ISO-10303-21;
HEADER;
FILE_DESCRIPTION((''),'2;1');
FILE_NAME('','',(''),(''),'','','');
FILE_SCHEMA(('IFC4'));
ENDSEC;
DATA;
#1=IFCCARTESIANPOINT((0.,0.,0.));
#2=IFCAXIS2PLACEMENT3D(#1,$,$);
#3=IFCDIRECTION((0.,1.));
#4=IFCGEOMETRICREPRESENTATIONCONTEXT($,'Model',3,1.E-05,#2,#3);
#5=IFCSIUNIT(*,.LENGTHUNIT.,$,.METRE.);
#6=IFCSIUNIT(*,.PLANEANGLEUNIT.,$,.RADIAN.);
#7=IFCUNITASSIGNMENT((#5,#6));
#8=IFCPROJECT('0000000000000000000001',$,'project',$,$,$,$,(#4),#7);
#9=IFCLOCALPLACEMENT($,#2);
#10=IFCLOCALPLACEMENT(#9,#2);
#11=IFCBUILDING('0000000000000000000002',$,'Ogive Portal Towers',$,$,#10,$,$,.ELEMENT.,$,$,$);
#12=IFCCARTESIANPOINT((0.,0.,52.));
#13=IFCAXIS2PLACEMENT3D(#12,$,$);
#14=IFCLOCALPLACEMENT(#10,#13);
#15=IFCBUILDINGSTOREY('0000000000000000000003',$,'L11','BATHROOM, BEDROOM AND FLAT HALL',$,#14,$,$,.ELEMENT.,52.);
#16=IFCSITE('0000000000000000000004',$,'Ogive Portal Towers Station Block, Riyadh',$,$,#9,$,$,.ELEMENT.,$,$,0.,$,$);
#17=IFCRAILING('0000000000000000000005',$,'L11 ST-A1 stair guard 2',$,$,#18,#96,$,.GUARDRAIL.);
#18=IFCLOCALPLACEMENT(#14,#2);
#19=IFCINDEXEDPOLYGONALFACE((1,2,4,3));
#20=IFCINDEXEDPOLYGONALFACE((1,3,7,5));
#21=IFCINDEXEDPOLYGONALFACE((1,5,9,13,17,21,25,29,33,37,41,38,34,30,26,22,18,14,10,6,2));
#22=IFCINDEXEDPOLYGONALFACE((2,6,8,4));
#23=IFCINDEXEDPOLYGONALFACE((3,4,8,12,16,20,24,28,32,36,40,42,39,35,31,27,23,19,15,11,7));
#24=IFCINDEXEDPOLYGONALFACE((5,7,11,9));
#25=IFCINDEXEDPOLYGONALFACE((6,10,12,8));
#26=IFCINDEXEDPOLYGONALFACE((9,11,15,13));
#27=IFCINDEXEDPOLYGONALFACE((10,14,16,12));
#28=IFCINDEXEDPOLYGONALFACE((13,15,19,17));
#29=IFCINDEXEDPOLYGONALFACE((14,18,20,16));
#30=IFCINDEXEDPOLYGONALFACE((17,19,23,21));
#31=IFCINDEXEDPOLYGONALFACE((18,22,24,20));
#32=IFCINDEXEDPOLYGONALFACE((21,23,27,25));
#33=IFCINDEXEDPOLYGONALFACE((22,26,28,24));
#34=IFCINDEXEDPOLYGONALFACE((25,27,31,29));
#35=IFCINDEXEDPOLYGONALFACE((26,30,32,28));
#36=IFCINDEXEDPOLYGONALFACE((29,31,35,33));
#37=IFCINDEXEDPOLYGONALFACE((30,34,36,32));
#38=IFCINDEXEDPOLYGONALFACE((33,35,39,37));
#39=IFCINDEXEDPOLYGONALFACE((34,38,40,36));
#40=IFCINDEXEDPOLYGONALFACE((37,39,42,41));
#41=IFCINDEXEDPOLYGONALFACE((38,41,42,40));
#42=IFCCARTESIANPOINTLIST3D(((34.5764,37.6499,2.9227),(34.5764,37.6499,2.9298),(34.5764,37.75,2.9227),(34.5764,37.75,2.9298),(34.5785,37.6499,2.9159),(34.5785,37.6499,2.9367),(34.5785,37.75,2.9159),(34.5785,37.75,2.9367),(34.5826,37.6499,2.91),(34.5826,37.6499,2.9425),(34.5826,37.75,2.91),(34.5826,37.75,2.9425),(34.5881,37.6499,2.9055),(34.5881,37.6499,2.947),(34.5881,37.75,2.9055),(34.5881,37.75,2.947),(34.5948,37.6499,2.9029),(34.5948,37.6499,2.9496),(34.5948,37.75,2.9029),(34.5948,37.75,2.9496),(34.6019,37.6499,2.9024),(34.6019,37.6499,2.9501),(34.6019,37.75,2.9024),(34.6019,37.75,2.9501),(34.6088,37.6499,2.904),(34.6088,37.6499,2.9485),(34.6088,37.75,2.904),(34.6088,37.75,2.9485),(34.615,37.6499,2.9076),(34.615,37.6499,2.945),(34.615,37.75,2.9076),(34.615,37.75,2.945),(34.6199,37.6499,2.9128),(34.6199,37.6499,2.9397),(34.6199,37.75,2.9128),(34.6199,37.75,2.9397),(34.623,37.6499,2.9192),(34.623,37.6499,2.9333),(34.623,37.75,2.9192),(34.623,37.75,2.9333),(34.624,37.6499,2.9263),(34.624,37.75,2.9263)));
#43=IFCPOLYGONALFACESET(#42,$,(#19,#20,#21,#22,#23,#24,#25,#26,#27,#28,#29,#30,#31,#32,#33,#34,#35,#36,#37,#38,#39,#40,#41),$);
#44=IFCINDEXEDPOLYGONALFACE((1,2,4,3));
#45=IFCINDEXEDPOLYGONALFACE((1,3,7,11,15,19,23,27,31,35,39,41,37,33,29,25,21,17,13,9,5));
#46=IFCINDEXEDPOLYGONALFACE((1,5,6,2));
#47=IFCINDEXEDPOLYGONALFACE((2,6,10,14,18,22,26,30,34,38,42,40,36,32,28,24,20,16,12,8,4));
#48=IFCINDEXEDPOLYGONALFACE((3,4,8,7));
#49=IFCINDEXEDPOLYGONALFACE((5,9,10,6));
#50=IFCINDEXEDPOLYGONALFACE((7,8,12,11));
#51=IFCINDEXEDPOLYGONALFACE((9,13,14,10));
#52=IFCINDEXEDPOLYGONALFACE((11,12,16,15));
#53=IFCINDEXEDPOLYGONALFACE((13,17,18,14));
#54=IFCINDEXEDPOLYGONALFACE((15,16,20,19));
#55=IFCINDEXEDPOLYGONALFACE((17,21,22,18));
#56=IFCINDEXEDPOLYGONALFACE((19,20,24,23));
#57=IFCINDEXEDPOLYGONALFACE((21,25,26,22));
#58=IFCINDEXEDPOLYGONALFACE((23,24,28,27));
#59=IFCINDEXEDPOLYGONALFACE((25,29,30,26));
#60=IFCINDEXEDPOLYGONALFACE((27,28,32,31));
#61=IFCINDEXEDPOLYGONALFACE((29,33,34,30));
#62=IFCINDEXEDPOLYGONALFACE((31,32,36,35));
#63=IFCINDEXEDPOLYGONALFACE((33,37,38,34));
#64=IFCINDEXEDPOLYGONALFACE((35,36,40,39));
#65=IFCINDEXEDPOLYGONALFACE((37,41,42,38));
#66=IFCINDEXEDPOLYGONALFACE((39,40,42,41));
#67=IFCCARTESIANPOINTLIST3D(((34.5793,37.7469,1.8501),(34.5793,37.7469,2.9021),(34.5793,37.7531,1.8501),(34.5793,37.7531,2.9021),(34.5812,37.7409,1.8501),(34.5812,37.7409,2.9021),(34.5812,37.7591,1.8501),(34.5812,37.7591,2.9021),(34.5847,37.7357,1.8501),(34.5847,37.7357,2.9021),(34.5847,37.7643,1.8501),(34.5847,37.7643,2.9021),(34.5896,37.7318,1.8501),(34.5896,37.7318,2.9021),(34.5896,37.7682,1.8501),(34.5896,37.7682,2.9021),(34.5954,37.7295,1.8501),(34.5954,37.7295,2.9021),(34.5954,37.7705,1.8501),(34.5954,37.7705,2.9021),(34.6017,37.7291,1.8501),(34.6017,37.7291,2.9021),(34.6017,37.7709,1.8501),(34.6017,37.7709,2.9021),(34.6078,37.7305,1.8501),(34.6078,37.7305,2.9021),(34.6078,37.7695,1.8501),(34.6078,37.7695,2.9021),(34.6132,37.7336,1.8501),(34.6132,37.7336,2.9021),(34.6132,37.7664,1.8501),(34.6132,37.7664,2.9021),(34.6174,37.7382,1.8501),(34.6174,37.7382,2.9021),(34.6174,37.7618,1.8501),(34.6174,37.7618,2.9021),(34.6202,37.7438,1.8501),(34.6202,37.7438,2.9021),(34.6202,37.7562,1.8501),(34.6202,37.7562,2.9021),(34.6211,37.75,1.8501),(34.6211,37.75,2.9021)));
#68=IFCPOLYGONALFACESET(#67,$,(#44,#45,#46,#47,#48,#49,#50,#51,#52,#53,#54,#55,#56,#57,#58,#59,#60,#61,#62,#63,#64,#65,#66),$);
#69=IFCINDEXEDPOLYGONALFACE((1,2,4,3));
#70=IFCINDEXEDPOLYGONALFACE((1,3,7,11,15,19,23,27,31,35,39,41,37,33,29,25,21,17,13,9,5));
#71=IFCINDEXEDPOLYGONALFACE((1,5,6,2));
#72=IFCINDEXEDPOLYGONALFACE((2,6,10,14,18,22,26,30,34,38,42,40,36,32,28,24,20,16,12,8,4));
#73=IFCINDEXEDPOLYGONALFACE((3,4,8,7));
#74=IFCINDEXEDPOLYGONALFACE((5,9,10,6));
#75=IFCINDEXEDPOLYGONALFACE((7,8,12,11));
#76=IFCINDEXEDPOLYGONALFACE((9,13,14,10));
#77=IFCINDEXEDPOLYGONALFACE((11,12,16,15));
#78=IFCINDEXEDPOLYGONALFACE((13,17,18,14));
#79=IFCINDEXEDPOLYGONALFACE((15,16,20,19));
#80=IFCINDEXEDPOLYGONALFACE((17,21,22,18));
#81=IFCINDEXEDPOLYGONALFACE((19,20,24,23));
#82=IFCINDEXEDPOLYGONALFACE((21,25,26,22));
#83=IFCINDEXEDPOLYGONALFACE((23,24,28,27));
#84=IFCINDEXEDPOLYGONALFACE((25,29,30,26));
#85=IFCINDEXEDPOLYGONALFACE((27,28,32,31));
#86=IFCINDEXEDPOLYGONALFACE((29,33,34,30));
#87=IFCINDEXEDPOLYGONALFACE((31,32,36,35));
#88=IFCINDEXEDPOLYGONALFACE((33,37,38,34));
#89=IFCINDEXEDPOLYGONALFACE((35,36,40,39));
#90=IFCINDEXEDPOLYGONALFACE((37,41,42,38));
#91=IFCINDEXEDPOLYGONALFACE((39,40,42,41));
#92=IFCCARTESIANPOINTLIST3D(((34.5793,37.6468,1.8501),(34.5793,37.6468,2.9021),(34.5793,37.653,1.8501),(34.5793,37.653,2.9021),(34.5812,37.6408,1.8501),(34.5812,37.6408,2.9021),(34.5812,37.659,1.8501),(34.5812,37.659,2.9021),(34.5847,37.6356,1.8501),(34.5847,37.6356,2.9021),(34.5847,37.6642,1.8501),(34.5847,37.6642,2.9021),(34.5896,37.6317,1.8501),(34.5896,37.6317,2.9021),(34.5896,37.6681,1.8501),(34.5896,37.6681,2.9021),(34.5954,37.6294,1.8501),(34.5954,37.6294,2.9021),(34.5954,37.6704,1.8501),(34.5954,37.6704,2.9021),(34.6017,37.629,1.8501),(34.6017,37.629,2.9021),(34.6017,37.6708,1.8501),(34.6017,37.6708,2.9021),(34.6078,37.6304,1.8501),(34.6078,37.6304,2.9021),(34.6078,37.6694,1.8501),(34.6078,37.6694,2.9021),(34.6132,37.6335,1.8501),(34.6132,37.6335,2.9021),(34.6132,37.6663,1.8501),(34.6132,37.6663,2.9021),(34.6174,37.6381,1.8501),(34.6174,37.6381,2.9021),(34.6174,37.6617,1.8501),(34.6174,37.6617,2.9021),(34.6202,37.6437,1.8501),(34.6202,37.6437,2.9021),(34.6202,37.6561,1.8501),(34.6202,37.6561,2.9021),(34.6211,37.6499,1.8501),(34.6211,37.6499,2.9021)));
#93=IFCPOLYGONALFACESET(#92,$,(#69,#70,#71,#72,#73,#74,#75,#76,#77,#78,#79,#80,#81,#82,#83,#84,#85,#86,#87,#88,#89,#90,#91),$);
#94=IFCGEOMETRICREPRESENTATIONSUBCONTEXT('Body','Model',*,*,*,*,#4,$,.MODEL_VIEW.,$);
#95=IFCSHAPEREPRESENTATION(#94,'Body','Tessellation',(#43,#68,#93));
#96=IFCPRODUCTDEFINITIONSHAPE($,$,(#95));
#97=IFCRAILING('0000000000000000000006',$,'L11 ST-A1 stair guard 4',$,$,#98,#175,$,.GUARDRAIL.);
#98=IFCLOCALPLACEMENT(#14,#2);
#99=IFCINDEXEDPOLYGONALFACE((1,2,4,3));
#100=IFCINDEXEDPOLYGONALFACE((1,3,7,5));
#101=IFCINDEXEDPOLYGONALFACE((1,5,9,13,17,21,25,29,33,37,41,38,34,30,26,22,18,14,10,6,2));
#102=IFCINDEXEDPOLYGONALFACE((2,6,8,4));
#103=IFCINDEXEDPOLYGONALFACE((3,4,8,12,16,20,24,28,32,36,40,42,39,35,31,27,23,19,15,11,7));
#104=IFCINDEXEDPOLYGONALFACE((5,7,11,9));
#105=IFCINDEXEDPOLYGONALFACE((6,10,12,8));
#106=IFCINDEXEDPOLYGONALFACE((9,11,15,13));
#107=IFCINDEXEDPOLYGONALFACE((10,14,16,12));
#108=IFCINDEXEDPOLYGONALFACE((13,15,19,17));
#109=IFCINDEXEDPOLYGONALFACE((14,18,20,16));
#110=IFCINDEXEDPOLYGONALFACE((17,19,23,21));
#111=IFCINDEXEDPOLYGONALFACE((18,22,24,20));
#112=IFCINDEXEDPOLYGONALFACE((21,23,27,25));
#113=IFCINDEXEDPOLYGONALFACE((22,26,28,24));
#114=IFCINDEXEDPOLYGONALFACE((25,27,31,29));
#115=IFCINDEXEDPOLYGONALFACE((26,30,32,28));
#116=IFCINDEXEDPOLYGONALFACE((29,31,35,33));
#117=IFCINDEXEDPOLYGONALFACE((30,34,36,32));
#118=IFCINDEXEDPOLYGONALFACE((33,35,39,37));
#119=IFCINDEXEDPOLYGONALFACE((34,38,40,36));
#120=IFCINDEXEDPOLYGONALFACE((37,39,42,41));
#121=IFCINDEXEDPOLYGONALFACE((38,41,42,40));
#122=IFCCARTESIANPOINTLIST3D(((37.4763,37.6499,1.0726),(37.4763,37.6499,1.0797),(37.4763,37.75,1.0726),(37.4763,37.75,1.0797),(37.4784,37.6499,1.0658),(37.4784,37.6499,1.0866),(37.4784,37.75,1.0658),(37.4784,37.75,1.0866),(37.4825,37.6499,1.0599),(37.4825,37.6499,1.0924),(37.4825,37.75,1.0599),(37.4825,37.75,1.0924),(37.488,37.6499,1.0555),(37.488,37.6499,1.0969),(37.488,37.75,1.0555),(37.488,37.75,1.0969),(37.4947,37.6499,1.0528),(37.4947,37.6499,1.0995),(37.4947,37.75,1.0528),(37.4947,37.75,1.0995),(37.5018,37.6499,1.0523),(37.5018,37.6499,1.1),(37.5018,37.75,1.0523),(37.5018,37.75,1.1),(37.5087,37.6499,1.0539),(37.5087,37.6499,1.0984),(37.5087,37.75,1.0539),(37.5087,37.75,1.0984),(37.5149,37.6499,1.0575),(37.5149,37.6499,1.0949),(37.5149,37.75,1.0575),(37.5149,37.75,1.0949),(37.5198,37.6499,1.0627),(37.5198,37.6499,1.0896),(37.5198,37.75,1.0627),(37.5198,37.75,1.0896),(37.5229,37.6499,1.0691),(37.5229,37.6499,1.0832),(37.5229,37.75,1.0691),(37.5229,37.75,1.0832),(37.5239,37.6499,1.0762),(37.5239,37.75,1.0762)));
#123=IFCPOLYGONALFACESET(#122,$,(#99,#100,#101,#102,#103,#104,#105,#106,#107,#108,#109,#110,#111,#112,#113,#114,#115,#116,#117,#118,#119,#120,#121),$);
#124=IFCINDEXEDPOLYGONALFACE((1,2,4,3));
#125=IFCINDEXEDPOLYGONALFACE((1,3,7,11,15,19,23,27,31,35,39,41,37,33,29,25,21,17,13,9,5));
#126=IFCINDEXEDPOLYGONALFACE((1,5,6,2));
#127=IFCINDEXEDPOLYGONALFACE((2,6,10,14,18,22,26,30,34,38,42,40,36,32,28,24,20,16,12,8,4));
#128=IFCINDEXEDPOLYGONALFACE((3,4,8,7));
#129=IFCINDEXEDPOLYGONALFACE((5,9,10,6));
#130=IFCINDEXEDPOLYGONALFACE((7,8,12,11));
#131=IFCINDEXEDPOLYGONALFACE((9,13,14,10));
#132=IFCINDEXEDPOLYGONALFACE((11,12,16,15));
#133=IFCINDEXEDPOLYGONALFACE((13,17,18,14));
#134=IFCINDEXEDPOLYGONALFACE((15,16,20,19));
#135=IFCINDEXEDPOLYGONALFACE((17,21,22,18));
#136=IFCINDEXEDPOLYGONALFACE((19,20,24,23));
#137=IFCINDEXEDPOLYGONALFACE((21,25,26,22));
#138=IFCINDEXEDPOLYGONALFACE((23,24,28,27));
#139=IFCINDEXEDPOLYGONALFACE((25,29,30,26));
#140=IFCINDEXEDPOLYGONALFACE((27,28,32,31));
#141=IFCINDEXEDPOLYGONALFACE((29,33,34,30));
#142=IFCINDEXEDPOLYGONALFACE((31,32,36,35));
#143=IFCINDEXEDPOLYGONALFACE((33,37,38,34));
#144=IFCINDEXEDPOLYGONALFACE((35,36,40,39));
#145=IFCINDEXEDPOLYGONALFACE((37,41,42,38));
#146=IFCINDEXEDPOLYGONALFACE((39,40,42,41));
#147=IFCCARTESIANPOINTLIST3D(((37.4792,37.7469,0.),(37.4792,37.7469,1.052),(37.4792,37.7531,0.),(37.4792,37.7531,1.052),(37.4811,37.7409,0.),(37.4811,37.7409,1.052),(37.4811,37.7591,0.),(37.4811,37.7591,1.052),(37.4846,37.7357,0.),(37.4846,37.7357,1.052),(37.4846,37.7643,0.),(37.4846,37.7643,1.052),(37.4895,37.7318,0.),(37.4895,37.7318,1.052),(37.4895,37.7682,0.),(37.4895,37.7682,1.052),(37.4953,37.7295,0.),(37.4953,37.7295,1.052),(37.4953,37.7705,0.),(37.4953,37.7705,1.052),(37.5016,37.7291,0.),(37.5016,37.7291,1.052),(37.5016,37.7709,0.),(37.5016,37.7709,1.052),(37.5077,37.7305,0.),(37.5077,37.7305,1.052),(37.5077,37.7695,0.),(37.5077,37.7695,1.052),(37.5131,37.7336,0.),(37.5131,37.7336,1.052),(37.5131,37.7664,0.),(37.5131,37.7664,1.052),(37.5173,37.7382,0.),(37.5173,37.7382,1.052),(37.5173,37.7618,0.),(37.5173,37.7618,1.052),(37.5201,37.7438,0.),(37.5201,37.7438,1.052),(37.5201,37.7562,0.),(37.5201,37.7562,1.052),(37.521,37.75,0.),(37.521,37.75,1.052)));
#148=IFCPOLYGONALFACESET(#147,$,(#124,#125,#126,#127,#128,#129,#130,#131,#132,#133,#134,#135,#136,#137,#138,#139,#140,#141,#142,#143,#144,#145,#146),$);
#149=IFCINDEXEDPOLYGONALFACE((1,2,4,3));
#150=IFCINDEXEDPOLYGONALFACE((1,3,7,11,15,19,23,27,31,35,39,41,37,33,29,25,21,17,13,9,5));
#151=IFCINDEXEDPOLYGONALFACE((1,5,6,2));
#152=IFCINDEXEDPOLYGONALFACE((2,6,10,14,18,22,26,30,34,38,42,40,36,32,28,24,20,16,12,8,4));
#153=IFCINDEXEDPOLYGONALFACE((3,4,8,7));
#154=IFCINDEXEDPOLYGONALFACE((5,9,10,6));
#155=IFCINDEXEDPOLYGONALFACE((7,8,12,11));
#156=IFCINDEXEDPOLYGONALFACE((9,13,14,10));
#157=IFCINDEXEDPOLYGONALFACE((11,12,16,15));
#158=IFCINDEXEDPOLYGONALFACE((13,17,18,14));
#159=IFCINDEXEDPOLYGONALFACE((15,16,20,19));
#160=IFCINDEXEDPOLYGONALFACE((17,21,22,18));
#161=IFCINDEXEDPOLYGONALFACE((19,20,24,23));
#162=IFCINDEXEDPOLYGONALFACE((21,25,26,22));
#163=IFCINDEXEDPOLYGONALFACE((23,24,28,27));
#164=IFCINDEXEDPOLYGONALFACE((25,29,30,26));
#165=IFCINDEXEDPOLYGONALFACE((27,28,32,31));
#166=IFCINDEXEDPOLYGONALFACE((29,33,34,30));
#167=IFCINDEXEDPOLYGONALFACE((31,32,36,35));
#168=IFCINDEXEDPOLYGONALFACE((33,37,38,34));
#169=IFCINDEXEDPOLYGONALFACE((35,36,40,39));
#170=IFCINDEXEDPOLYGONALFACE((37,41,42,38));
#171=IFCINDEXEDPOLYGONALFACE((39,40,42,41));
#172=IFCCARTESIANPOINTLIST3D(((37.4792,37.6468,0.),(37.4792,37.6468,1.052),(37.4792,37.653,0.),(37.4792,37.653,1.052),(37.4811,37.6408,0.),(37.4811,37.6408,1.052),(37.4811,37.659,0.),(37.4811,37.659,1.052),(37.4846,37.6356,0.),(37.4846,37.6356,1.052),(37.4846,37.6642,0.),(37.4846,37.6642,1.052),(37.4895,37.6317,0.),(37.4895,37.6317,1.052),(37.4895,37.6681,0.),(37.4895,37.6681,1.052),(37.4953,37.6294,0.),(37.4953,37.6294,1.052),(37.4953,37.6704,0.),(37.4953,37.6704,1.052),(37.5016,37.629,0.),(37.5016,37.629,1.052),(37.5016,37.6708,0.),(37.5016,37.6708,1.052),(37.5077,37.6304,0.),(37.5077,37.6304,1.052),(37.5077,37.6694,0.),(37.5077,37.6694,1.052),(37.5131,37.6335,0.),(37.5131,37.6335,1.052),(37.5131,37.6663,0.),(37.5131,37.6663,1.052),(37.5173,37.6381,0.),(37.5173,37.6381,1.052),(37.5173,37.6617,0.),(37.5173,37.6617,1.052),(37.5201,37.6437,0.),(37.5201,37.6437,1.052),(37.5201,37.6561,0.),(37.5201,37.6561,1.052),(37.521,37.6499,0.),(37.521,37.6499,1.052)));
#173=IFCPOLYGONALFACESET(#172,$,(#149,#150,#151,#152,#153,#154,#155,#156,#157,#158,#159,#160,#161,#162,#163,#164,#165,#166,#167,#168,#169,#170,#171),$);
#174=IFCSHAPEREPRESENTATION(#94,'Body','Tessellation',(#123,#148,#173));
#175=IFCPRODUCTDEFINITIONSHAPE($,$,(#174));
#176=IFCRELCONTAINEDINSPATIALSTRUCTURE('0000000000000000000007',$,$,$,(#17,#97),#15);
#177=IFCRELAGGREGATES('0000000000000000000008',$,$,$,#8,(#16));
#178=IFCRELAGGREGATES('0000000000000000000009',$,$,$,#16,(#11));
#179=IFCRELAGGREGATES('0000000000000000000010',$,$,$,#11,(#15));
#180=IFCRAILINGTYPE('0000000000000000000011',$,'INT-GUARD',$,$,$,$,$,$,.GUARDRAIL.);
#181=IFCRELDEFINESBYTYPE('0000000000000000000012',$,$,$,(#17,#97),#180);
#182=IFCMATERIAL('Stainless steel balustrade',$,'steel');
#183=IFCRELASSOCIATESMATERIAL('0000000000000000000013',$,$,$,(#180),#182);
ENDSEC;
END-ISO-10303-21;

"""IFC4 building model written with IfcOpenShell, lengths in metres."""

from ifc_helpers import new_model, si_unit, direction, frame, origin, origin_2d, place, context, subcontext, project, spatial, circle, extrude, material, type_object, element, save


model = new_model("IFC4")

# Units and contexts
model_context = context("Model", 3, precision=1e-05, world=origin(), true_north=direction((0.0, 1.0)))
body_context = subcontext(model_context, "Body", "Model", "MODEL_VIEW")
ifc_project = project(units=[si_unit("LENGTHUNIT", "METRE"), si_unit("PLANEANGLEUNIT", "RADIAN")], contexts=[model_context])

# Site, building, storey
site_placement = place(None, origin())
site = spatial("IfcSite", under=ifc_project, at=site_placement, Name="Ogive Portal Towers Station Block, Riyadh", CompositionType="ELEMENT", RefElevation=0.0)
building_placement = place(site_placement, origin())
building = spatial("IfcBuilding", under=site, at=building_placement, Name="Ogive Portal Towers", CompositionType="ELEMENT")
storey_placement = place(building_placement, frame((0.0, 0.0, 52.0)))
storey = spatial("IfcBuildingStorey", under=building, at=storey_placement, Name="L11", Description="BATHROOM, BEDROOM AND FLAT HALL", CompositionType="ELEMENT", Elevation=52.0)

# Railings
ifc_material_1 = material(Name="Stainless steel balustrade", Category="steel")
railing_type_1 = type_object("IfcRailingType", Name="INT-GUARD", PredefinedType="GUARDRAIL", material=ifc_material_1)
for number, where, name in (
    (1, (34.6001, 37.75, 1.8501), "L11 ST-A1 stair guard 2"),
    (2, (37.5, 37.75, 0.0), "L11 ST-A1 stair guard 4"),
):
    element("IfcRailing", number, at=place(storey_placement, frame(where)), inside=storey, type_object=railing_type_1, Name=name, PredefinedType="GUARDRAIL", context=body_context, shape_type="SweptSolid", body=[
        extrude(circle(Radius=0.0239, at=origin_2d()), frame((0.0, 0.0, 1.0762), z_axis=(0.0, -1.0, 0.0), x_axis=(1.0, 0.0, 0.0)), (0.0, 0.0, 1.0), 0.1001),
        extrude(circle(Radius=0.021, at=origin_2d()), origin(), (0.0, 0.0, 1.0), 1.052),
        extrude(circle(Radius=0.021, at=origin_2d()), frame((0.0, -0.1001, 0.0)), (0.0, 0.0, 1.0), 1.052),
    ])

save(model, "model.ifc")
